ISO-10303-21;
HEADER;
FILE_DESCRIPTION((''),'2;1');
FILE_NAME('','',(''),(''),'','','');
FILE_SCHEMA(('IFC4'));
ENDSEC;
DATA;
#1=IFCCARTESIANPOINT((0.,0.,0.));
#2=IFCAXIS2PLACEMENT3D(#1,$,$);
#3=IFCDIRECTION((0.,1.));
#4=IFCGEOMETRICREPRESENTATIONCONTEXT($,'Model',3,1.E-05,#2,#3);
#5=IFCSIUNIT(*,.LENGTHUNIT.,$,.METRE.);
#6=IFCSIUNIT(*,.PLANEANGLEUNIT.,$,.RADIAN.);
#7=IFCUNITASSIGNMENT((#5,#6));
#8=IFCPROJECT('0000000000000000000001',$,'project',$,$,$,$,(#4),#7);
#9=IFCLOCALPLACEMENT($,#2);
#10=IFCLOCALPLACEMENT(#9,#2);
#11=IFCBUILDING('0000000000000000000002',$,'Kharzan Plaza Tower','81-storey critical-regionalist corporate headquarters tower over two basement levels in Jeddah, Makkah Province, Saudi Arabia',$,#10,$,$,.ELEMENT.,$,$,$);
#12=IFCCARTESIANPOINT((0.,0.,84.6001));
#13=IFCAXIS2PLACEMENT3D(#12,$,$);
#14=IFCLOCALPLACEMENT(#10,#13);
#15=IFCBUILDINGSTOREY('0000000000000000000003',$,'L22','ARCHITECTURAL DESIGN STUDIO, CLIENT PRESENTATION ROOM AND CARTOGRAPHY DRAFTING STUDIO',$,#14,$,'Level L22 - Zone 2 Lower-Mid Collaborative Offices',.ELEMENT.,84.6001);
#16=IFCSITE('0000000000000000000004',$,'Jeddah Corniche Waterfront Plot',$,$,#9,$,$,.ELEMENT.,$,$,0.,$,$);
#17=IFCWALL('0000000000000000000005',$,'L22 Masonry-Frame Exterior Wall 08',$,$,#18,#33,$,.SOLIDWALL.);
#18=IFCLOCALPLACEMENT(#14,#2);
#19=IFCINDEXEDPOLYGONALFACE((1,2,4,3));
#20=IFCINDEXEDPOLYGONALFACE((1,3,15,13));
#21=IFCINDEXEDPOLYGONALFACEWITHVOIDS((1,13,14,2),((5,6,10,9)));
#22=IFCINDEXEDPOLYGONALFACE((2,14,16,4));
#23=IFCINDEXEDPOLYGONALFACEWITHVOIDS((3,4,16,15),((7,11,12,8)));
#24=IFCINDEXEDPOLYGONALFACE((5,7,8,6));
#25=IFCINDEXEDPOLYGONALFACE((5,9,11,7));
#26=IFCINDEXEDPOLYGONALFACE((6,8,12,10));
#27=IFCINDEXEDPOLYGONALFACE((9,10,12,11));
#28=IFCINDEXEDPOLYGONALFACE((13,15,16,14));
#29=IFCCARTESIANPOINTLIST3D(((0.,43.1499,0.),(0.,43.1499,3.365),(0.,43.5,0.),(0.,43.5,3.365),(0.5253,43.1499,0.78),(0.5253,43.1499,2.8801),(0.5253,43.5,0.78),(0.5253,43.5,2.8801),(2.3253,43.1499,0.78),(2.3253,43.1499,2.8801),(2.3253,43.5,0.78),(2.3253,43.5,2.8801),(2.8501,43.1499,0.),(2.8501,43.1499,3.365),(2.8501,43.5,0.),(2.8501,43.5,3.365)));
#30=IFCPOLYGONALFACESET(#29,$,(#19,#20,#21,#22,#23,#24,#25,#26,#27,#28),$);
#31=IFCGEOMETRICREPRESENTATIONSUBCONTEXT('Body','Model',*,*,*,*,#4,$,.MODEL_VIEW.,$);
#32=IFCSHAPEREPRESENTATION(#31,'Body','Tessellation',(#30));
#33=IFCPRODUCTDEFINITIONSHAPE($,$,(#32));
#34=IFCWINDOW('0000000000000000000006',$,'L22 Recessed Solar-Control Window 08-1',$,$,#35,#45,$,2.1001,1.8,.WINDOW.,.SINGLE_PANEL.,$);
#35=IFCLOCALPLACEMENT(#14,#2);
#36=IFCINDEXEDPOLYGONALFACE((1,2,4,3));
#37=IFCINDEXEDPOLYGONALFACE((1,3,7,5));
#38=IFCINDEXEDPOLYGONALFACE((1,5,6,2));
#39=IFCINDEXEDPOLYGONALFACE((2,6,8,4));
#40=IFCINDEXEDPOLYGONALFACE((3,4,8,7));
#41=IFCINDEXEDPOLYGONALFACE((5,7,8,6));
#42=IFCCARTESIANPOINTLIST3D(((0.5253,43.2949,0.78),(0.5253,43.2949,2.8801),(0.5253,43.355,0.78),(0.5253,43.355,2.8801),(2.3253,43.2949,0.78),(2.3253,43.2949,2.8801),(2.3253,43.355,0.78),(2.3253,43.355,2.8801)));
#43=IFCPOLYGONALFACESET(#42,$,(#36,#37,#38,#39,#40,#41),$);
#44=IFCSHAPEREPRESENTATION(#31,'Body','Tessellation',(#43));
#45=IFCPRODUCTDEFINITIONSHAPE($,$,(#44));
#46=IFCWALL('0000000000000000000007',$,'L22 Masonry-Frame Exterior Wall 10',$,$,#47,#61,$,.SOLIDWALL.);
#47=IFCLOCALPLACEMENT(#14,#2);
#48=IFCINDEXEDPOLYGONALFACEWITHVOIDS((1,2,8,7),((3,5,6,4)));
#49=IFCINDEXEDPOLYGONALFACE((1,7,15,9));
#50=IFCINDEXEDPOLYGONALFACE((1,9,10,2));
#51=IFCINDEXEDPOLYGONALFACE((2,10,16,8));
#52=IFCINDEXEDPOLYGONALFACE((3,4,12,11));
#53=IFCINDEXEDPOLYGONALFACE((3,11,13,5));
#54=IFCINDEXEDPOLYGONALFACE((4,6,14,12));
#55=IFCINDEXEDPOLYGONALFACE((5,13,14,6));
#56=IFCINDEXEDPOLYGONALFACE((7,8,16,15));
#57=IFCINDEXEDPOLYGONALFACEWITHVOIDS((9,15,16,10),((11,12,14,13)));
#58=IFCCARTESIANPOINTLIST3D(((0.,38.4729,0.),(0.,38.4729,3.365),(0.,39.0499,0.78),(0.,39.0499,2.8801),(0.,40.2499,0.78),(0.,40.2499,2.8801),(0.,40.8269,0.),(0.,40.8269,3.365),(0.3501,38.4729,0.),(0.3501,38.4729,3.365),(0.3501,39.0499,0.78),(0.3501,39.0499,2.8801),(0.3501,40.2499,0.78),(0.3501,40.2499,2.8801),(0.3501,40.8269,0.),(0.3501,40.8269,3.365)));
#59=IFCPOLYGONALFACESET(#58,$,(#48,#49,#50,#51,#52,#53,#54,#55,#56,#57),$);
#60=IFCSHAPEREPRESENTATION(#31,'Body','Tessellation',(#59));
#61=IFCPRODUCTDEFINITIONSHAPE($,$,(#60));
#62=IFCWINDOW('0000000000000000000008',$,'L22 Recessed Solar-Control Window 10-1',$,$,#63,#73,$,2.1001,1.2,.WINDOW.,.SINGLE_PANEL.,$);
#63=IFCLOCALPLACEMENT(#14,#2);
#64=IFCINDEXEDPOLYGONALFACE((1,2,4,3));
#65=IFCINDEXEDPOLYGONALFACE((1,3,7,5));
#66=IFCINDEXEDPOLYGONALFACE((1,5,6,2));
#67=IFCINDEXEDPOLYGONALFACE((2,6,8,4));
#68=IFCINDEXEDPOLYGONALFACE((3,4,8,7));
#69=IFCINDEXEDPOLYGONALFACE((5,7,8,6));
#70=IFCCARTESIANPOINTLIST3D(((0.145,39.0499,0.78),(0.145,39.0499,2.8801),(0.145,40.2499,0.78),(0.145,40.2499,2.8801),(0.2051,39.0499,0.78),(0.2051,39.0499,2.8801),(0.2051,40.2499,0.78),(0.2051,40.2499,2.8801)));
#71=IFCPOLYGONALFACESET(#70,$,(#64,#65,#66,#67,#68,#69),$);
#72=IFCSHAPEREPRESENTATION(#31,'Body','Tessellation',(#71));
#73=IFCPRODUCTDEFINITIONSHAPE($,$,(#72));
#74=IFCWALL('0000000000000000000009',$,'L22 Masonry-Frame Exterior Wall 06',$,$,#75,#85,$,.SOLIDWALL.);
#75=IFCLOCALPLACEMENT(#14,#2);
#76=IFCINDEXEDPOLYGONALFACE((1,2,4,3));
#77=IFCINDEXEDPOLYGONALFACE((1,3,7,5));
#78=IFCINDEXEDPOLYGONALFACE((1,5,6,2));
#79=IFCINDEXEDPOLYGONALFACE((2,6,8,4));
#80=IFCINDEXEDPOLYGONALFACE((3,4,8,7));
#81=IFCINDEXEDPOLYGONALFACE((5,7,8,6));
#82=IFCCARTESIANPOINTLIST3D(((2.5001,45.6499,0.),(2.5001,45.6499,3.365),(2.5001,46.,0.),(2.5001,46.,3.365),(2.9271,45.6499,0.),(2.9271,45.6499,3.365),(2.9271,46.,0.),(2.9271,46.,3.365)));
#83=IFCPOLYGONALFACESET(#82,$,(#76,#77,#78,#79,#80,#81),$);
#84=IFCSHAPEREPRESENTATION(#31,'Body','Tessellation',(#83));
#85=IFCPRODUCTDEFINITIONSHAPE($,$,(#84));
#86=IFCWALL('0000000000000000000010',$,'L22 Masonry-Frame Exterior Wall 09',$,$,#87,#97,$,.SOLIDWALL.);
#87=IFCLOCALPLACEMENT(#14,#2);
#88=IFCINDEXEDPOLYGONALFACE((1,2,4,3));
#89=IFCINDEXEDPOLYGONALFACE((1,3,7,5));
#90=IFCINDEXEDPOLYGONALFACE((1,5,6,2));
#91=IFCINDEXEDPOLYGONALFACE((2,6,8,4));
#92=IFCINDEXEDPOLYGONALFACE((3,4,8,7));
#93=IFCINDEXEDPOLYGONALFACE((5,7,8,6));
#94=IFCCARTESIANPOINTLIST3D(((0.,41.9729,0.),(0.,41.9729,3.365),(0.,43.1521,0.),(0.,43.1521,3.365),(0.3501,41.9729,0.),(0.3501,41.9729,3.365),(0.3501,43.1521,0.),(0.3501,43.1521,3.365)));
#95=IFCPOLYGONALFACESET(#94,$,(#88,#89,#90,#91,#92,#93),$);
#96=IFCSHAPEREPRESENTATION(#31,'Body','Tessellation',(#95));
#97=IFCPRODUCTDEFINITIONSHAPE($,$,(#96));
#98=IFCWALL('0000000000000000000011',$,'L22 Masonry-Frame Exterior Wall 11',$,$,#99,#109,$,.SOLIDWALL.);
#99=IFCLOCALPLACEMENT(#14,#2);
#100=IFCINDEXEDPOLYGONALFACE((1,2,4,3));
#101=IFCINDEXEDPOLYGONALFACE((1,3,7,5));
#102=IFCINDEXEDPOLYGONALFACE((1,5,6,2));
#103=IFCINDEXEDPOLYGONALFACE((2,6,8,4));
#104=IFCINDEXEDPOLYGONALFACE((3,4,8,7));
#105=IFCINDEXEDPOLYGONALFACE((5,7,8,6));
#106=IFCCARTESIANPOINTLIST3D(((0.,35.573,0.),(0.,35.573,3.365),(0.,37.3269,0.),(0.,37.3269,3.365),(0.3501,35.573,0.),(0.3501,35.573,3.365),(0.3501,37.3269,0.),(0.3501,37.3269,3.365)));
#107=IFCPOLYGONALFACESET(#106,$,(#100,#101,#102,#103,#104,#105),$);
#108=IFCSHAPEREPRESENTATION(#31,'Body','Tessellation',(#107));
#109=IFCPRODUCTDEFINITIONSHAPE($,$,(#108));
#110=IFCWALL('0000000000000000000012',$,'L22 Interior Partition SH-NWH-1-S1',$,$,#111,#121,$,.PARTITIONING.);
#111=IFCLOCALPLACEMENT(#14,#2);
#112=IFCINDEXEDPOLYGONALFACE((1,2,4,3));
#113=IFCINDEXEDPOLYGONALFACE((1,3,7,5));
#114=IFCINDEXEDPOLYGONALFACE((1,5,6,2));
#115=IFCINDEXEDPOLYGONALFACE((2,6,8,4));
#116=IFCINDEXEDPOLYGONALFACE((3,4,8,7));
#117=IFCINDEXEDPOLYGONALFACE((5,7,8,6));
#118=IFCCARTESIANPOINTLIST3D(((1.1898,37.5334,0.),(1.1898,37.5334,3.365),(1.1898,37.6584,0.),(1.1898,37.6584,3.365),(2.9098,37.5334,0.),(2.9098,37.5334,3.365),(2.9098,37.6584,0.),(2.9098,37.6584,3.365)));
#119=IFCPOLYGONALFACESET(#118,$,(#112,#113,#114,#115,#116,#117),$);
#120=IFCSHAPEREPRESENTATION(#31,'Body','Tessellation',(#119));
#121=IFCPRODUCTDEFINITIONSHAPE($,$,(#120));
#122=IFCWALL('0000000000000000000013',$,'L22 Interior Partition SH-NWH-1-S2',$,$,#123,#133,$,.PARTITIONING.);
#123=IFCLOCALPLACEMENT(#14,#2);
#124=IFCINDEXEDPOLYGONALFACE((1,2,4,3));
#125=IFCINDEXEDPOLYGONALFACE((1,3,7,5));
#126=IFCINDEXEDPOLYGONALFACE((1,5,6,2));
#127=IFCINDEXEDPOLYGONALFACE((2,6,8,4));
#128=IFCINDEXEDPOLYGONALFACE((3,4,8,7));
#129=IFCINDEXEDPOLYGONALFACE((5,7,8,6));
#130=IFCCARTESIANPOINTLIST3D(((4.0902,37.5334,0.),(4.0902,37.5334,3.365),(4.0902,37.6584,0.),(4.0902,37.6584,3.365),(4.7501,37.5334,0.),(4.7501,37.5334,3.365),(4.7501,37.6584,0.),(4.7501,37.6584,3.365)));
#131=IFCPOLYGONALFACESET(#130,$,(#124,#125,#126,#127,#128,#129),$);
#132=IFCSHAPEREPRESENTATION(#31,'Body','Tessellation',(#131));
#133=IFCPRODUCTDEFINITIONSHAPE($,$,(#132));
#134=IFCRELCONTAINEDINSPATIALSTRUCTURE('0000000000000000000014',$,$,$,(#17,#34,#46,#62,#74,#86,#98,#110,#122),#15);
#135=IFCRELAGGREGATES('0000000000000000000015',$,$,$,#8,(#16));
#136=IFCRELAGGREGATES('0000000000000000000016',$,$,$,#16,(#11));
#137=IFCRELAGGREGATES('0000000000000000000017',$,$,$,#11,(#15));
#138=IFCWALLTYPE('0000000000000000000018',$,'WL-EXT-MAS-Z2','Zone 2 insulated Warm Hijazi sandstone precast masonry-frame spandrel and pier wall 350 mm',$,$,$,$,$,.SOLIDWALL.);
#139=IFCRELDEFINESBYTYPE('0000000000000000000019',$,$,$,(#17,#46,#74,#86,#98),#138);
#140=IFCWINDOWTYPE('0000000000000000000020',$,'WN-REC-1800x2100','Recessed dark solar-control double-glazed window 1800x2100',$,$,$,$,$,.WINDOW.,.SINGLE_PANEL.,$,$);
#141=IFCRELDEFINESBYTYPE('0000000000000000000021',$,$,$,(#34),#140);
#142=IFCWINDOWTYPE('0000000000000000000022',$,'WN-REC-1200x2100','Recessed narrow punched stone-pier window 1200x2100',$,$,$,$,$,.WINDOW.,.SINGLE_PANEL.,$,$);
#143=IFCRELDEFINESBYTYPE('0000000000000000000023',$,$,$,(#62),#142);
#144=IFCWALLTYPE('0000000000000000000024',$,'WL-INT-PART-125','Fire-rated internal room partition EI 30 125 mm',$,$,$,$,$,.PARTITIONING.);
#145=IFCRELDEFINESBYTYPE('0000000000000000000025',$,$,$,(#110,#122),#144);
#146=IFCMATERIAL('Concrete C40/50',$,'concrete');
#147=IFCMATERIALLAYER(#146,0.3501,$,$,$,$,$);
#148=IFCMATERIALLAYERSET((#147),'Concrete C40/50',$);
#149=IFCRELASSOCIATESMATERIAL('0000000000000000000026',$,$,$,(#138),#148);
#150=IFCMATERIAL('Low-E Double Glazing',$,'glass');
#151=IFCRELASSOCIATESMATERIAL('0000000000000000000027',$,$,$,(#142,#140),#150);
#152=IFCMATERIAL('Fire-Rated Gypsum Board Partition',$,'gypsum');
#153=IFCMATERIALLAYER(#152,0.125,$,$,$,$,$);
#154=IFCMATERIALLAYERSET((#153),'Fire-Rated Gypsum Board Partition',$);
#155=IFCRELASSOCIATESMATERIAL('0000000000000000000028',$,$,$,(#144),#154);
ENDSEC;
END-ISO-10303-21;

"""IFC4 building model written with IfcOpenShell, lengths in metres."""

from ifc_helpers import new_model, si_unit, direction, frame, frame_2d, origin, place, context, subcontext, project, spatial, rectangle, extrude, source, transform, mapped, material, layer, layer_set, type_object, element, fill, save


model = new_model("IFC4")

# Units and contexts
model_context = context("Model", 3, precision=1e-05, world=origin(), true_north=direction((0.0, 1.0)))
body_context = subcontext(model_context, "Body", "Model", "MODEL_VIEW")
ifc_project = project(units=[si_unit("LENGTHUNIT", "METRE"), si_unit("PLANEANGLEUNIT", "RADIAN")], contexts=[model_context])

# Site, building, storey
site_placement = place(None, origin())
site = spatial("IfcSite", under=ifc_project, at=site_placement, Name="Jeddah Corniche Waterfront Plot", CompositionType="ELEMENT", RefElevation=0.0)
building_placement = place(site_placement, origin())
building = spatial("IfcBuilding", under=site, at=building_placement, Name="Kharzan Plaza Tower", Description="81-storey critical-regionalist corporate headquarters tower over two basement levels in Jeddah, Makkah Province, Saudi Arabia", CompositionType="ELEMENT")
storey_placement = place(building_placement, frame((0.0, 0.0, 84.6001)))
storey = spatial("IfcBuildingStorey", under=building, at=storey_placement, Name="L22", Description="ARCHITECTURAL DESIGN STUDIO, CLIENT PRESENTATION ROOM AND CARTOGRAPHY DRAFTING STUDIO", LongName="Level L22 - Zone 2 Lower-Mid Collaborative Offices", CompositionType="ELEMENT", Elevation=84.6001)

# Walls, openings, windows
ifc_material_1 = material(Name="Concrete C40/50", Category="concrete")
ifc_layer_1 = layer(ifc_material_1, 0.3501)
ifc_layer_set_1 = layer_set([ifc_layer_1], Name="Concrete C40/50")
wall_type_1 = type_object("IfcWallType", Name="WL-EXT-MAS-Z2", Description="Zone 2 insulated Warm Hijazi sandstone precast masonry-frame spandrel and pier wall 350 mm", PredefinedType="SOLIDWALL", material=ifc_layer_set_1)
ifc_material_2 = material(Name="Low-E Double Glazing", Category="glass")
window_type_1 = type_object("IfcWindowType", Name="WN-REC-1200x2100", Description="Recessed narrow punched stone-pier window 1200x2100", PartitioningType="SINGLE_PANEL", PredefinedType="WINDOW", material=ifc_material_2)
shared_shape_1 = source(origin(), body_context, "Body", "SweptSolid", [
    extrude(rectangle(XDim=1.2, YDim=2.1001, at=frame_2d((0.6001, 1.05))), frame((0.0, 0.03, 0.0), z_axis=(0.0, -1.0, 0.0), x_axis=(1.0, 0.0, 0.0)), (0.0, 0.0, 1.0), 0.0601),
])
wall_1_placement = place(storey_placement, frame((2.8501, 43.325, 0.0), z_axis=(0.0, 0.0, 1.0), x_axis=(-1.0, 0.0, 0.0)))
wall_1 = element("IfcWall", 1, at=wall_1_placement, inside=storey, type_object=wall_type_1, Name="L22 Masonry-Frame Exterior Wall 08", PredefinedType="SOLIDWALL", context=body_context, shape_type="SweptSolid", body=[
    extrude(rectangle(XDim=2.8501, YDim=0.3501, at=frame_2d((1.425, 0.0))), origin(), (0.0, 0.0, 1.0), 3.365),
])
opening_1_placement = place(wall_1_placement, frame((0.5249, 0.0, 0.78)))
opening_1 = element("IfcOpeningElement", 2, at=opening_1_placement, cuts=wall_1, PredefinedType="OPENING", context=body_context, shape_type="SweptSolid", body=[
    extrude(rectangle(XDim=1.8, YDim=2.1001, at=frame_2d((0.8999, 1.05))), frame((0.0, 0.1851, 0.0), z_axis=(0.0, -1.0, 0.0), x_axis=(1.0, 0.0, 0.0)), (0.0, 0.0, 1.0), 0.3701),
])
window_type_2 = type_object("IfcWindowType", Name="WN-REC-1800x2100", Description="Recessed dark solar-control double-glazed window 1800x2100", PartitioningType="SINGLE_PANEL", PredefinedType="WINDOW", material=ifc_material_2)
shared_shape_2 = source(origin(), body_context, "Body", "SweptSolid", [
    extrude(rectangle(XDim=1.8, YDim=2.1001, at=frame_2d((0.8999, 1.05))), frame((0.0, 0.03, 0.0), z_axis=(0.0, -1.0, 0.0), x_axis=(1.0, 0.0, 0.0)), (0.0, 0.0, 1.0), 0.0601),
])
window_1_placement = place(opening_1_placement, origin())
window_1 = element("IfcWindow", 3, at=window_1_placement, inside=storey, type_object=window_type_2, Name="L22 Recessed Solar-Control Window 08-1", OverallHeight=2.1001, OverallWidth=1.8, PartitioningType="SINGLE_PANEL", PredefinedType="WINDOW", context=body_context, shape_type="MappedRepresentation", body=[
    mapped(shared_shape_2, transform((0.0, 0.0, 0.0), x_axis=(1.0, 0.0, 0.0), y_axis=(0.0, 1.0, 0.0), z_axis=(0.0, 0.0, 1.0))),
])
fill(opening_1, window_1)
wall_2_placement = place(storey_placement, frame((0.175, 40.8269, 0.0), z_axis=(0.0, 0.0, 1.0), x_axis=(0.0, -1.0, 0.0)))
wall_2 = element("IfcWall", 4, at=wall_2_placement, inside=storey, type_object=wall_type_1, Name="L22 Masonry-Frame Exterior Wall 10", PredefinedType="SOLIDWALL", context=body_context, shape_type="SweptSolid", body=[
    extrude(rectangle(XDim=2.354, YDim=0.3501, at=frame_2d((1.177, 0.0))), origin(), (0.0, 0.0, 1.0), 3.365),
])
opening_2_placement = place(wall_2_placement, frame((0.5769, 0.0, 0.78)))
opening_2 = element("IfcOpeningElement", 5, at=opening_2_placement, cuts=wall_2, PredefinedType="OPENING", context=body_context, shape_type="SweptSolid", body=[
    extrude(rectangle(XDim=1.2, YDim=2.1001, at=frame_2d((0.6001, 1.05))), frame((0.0, 0.1851, 0.0), z_axis=(0.0, -1.0, 0.0), x_axis=(1.0, 0.0, 0.0)), (0.0, 0.0, 1.0), 0.3701),
])
window_2_placement = place(opening_2_placement, origin())
window_2 = element("IfcWindow", 6, at=window_2_placement, inside=storey, type_object=window_type_1, Name="L22 Recessed Solar-Control Window 10-1", OverallHeight=2.1001, OverallWidth=1.2, PartitioningType="SINGLE_PANEL", PredefinedType="WINDOW", context=body_context, shape_type="MappedRepresentation", body=[
    mapped(shared_shape_1, transform((0.0, 0.0, 0.0), x_axis=(1.0, 0.0, 0.0), y_axis=(0.0, 1.0, 0.0), z_axis=(0.0, 0.0, 1.0))),
])
fill(opening_2, window_2)

# Walls
shared_shape_3 = source(origin(), body_context, "Body", "SweptSolid", [
    extrude(rectangle(XDim=0.427, YDim=0.3501, at=frame_2d((0.2134, 0.0))), origin(), (0.0, 0.0, 1.0), 3.365),
])
wall_3_placement = place(storey_placement, frame((2.927, 45.825, 0.0), z_axis=(0.0, 0.0, 1.0), x_axis=(-1.0, 0.0, 0.0)))
element("IfcWall", 7, at=wall_3_placement, inside=storey, type_object=wall_type_1, Name="L22 Masonry-Frame Exterior Wall 06", PredefinedType="SOLIDWALL", context=body_context, shape_type="MappedRepresentation", body=[
    mapped(shared_shape_3, transform((0.0, 0.0, 0.0), x_axis=(1.0, 0.0, 0.0), y_axis=(0.0, 1.0, 0.0), z_axis=(0.0, 0.0, 1.0))),
])
shared_shape_4 = source(origin(), body_context, "Body", "SweptSolid", [
    extrude(rectangle(XDim=1.1792, YDim=0.3501, at=frame_2d((0.5896, 0.0))), origin(), (0.0, 0.0, 1.0), 3.365),
])
wall_4_placement = place(storey_placement, frame((0.175, 43.1521, 0.0), z_axis=(0.0, 0.0, 1.0), x_axis=(0.0, -1.0, 0.0)))
element("IfcWall", 8, at=wall_4_placement, inside=storey, type_object=wall_type_1, Name="L22 Masonry-Frame Exterior Wall 09", PredefinedType="SOLIDWALL", context=body_context, shape_type="MappedRepresentation", body=[
    mapped(shared_shape_4, transform((0.0, 0.0, 0.0), x_axis=(1.0, 0.0, 0.0), y_axis=(0.0, 1.0, 0.0), z_axis=(0.0, 0.0, 1.0))),
])
shared_shape_5 = source(origin(), body_context, "Body", "SweptSolid", [
    extrude(rectangle(XDim=1.7539, YDim=0.3501, at=frame_2d((0.877, 0.0))), origin(), (0.0, 0.0, 1.0), 3.365),
])
wall_5_placement = place(storey_placement, frame((0.175, 37.3269, 0.0), z_axis=(0.0, 0.0, 1.0), x_axis=(0.0, -1.0, 0.0)))
element("IfcWall", 9, at=wall_5_placement, inside=storey, type_object=wall_type_1, Name="L22 Masonry-Frame Exterior Wall 11", PredefinedType="SOLIDWALL", context=body_context, shape_type="MappedRepresentation", body=[
    mapped(shared_shape_5, transform((0.0, 0.0, 0.0), x_axis=(1.0, 0.0, 0.0), y_axis=(0.0, 1.0, 0.0), z_axis=(0.0, 0.0, 1.0))),
])
ifc_material_3 = material(Name="Fire-Rated Gypsum Board Partition", Category="gypsum")
ifc_layer_2 = layer(ifc_material_3, 0.125)
ifc_layer_set_2 = layer_set([ifc_layer_2], Name="Fire-Rated Gypsum Board Partition")
wall_type_2 = type_object("IfcWallType", Name="WL-INT-PART-125", Description="Fire-rated internal room partition EI 30 125 mm", PredefinedType="PARTITIONING", material=ifc_layer_set_2)
shared_shape_6 = source(origin(), body_context, "Body", "SweptSolid", [
    extrude(rectangle(XDim=1.72, YDim=0.125, at=frame_2d((0.8599, 0.0))), origin(), (0.0, 0.0, 1.0), 3.365),
])
wall_6_placement = place(storey_placement, frame((1.1899, 37.5959, 0.0), z_axis=(0.0, 0.0, 1.0), x_axis=(1.0, 0.0, 0.0)))
element("IfcWall", 10, at=wall_6_placement, inside=storey, type_object=wall_type_2, Name="L22 Interior Partition SH-NWH-1-S1", PredefinedType="PARTITIONING", context=body_context, shape_type="MappedRepresentation", body=[
    mapped(shared_shape_6, transform((0.0, 0.0, 0.0), x_axis=(1.0, 0.0, 0.0), y_axis=(0.0, 1.0, 0.0), z_axis=(0.0, 0.0, 1.0))),
])
shared_shape_7 = source(origin(), body_context, "Body", "SweptSolid", [
    extrude(rectangle(XDim=0.6599, YDim=0.125, at=frame_2d((0.3301, 0.0))), origin(), (0.0, 0.0, 1.0), 3.365),
])
wall_7_placement = place(storey_placement, frame((4.0901, 37.5959, 0.0), z_axis=(0.0, 0.0, 1.0), x_axis=(1.0, 0.0, 0.0)))
element("IfcWall", 11, at=wall_7_placement, inside=storey, type_object=wall_type_2, Name="L22 Interior Partition SH-NWH-1-S2", PredefinedType="PARTITIONING", context=body_context, shape_type="MappedRepresentation", body=[
    mapped(shared_shape_7, transform((0.0, 0.0, 0.0), x_axis=(1.0, 0.0, 0.0), y_axis=(0.0, 1.0, 0.0), z_axis=(0.0, 0.0, 1.0))),
])

save(model, "model.ifc")
